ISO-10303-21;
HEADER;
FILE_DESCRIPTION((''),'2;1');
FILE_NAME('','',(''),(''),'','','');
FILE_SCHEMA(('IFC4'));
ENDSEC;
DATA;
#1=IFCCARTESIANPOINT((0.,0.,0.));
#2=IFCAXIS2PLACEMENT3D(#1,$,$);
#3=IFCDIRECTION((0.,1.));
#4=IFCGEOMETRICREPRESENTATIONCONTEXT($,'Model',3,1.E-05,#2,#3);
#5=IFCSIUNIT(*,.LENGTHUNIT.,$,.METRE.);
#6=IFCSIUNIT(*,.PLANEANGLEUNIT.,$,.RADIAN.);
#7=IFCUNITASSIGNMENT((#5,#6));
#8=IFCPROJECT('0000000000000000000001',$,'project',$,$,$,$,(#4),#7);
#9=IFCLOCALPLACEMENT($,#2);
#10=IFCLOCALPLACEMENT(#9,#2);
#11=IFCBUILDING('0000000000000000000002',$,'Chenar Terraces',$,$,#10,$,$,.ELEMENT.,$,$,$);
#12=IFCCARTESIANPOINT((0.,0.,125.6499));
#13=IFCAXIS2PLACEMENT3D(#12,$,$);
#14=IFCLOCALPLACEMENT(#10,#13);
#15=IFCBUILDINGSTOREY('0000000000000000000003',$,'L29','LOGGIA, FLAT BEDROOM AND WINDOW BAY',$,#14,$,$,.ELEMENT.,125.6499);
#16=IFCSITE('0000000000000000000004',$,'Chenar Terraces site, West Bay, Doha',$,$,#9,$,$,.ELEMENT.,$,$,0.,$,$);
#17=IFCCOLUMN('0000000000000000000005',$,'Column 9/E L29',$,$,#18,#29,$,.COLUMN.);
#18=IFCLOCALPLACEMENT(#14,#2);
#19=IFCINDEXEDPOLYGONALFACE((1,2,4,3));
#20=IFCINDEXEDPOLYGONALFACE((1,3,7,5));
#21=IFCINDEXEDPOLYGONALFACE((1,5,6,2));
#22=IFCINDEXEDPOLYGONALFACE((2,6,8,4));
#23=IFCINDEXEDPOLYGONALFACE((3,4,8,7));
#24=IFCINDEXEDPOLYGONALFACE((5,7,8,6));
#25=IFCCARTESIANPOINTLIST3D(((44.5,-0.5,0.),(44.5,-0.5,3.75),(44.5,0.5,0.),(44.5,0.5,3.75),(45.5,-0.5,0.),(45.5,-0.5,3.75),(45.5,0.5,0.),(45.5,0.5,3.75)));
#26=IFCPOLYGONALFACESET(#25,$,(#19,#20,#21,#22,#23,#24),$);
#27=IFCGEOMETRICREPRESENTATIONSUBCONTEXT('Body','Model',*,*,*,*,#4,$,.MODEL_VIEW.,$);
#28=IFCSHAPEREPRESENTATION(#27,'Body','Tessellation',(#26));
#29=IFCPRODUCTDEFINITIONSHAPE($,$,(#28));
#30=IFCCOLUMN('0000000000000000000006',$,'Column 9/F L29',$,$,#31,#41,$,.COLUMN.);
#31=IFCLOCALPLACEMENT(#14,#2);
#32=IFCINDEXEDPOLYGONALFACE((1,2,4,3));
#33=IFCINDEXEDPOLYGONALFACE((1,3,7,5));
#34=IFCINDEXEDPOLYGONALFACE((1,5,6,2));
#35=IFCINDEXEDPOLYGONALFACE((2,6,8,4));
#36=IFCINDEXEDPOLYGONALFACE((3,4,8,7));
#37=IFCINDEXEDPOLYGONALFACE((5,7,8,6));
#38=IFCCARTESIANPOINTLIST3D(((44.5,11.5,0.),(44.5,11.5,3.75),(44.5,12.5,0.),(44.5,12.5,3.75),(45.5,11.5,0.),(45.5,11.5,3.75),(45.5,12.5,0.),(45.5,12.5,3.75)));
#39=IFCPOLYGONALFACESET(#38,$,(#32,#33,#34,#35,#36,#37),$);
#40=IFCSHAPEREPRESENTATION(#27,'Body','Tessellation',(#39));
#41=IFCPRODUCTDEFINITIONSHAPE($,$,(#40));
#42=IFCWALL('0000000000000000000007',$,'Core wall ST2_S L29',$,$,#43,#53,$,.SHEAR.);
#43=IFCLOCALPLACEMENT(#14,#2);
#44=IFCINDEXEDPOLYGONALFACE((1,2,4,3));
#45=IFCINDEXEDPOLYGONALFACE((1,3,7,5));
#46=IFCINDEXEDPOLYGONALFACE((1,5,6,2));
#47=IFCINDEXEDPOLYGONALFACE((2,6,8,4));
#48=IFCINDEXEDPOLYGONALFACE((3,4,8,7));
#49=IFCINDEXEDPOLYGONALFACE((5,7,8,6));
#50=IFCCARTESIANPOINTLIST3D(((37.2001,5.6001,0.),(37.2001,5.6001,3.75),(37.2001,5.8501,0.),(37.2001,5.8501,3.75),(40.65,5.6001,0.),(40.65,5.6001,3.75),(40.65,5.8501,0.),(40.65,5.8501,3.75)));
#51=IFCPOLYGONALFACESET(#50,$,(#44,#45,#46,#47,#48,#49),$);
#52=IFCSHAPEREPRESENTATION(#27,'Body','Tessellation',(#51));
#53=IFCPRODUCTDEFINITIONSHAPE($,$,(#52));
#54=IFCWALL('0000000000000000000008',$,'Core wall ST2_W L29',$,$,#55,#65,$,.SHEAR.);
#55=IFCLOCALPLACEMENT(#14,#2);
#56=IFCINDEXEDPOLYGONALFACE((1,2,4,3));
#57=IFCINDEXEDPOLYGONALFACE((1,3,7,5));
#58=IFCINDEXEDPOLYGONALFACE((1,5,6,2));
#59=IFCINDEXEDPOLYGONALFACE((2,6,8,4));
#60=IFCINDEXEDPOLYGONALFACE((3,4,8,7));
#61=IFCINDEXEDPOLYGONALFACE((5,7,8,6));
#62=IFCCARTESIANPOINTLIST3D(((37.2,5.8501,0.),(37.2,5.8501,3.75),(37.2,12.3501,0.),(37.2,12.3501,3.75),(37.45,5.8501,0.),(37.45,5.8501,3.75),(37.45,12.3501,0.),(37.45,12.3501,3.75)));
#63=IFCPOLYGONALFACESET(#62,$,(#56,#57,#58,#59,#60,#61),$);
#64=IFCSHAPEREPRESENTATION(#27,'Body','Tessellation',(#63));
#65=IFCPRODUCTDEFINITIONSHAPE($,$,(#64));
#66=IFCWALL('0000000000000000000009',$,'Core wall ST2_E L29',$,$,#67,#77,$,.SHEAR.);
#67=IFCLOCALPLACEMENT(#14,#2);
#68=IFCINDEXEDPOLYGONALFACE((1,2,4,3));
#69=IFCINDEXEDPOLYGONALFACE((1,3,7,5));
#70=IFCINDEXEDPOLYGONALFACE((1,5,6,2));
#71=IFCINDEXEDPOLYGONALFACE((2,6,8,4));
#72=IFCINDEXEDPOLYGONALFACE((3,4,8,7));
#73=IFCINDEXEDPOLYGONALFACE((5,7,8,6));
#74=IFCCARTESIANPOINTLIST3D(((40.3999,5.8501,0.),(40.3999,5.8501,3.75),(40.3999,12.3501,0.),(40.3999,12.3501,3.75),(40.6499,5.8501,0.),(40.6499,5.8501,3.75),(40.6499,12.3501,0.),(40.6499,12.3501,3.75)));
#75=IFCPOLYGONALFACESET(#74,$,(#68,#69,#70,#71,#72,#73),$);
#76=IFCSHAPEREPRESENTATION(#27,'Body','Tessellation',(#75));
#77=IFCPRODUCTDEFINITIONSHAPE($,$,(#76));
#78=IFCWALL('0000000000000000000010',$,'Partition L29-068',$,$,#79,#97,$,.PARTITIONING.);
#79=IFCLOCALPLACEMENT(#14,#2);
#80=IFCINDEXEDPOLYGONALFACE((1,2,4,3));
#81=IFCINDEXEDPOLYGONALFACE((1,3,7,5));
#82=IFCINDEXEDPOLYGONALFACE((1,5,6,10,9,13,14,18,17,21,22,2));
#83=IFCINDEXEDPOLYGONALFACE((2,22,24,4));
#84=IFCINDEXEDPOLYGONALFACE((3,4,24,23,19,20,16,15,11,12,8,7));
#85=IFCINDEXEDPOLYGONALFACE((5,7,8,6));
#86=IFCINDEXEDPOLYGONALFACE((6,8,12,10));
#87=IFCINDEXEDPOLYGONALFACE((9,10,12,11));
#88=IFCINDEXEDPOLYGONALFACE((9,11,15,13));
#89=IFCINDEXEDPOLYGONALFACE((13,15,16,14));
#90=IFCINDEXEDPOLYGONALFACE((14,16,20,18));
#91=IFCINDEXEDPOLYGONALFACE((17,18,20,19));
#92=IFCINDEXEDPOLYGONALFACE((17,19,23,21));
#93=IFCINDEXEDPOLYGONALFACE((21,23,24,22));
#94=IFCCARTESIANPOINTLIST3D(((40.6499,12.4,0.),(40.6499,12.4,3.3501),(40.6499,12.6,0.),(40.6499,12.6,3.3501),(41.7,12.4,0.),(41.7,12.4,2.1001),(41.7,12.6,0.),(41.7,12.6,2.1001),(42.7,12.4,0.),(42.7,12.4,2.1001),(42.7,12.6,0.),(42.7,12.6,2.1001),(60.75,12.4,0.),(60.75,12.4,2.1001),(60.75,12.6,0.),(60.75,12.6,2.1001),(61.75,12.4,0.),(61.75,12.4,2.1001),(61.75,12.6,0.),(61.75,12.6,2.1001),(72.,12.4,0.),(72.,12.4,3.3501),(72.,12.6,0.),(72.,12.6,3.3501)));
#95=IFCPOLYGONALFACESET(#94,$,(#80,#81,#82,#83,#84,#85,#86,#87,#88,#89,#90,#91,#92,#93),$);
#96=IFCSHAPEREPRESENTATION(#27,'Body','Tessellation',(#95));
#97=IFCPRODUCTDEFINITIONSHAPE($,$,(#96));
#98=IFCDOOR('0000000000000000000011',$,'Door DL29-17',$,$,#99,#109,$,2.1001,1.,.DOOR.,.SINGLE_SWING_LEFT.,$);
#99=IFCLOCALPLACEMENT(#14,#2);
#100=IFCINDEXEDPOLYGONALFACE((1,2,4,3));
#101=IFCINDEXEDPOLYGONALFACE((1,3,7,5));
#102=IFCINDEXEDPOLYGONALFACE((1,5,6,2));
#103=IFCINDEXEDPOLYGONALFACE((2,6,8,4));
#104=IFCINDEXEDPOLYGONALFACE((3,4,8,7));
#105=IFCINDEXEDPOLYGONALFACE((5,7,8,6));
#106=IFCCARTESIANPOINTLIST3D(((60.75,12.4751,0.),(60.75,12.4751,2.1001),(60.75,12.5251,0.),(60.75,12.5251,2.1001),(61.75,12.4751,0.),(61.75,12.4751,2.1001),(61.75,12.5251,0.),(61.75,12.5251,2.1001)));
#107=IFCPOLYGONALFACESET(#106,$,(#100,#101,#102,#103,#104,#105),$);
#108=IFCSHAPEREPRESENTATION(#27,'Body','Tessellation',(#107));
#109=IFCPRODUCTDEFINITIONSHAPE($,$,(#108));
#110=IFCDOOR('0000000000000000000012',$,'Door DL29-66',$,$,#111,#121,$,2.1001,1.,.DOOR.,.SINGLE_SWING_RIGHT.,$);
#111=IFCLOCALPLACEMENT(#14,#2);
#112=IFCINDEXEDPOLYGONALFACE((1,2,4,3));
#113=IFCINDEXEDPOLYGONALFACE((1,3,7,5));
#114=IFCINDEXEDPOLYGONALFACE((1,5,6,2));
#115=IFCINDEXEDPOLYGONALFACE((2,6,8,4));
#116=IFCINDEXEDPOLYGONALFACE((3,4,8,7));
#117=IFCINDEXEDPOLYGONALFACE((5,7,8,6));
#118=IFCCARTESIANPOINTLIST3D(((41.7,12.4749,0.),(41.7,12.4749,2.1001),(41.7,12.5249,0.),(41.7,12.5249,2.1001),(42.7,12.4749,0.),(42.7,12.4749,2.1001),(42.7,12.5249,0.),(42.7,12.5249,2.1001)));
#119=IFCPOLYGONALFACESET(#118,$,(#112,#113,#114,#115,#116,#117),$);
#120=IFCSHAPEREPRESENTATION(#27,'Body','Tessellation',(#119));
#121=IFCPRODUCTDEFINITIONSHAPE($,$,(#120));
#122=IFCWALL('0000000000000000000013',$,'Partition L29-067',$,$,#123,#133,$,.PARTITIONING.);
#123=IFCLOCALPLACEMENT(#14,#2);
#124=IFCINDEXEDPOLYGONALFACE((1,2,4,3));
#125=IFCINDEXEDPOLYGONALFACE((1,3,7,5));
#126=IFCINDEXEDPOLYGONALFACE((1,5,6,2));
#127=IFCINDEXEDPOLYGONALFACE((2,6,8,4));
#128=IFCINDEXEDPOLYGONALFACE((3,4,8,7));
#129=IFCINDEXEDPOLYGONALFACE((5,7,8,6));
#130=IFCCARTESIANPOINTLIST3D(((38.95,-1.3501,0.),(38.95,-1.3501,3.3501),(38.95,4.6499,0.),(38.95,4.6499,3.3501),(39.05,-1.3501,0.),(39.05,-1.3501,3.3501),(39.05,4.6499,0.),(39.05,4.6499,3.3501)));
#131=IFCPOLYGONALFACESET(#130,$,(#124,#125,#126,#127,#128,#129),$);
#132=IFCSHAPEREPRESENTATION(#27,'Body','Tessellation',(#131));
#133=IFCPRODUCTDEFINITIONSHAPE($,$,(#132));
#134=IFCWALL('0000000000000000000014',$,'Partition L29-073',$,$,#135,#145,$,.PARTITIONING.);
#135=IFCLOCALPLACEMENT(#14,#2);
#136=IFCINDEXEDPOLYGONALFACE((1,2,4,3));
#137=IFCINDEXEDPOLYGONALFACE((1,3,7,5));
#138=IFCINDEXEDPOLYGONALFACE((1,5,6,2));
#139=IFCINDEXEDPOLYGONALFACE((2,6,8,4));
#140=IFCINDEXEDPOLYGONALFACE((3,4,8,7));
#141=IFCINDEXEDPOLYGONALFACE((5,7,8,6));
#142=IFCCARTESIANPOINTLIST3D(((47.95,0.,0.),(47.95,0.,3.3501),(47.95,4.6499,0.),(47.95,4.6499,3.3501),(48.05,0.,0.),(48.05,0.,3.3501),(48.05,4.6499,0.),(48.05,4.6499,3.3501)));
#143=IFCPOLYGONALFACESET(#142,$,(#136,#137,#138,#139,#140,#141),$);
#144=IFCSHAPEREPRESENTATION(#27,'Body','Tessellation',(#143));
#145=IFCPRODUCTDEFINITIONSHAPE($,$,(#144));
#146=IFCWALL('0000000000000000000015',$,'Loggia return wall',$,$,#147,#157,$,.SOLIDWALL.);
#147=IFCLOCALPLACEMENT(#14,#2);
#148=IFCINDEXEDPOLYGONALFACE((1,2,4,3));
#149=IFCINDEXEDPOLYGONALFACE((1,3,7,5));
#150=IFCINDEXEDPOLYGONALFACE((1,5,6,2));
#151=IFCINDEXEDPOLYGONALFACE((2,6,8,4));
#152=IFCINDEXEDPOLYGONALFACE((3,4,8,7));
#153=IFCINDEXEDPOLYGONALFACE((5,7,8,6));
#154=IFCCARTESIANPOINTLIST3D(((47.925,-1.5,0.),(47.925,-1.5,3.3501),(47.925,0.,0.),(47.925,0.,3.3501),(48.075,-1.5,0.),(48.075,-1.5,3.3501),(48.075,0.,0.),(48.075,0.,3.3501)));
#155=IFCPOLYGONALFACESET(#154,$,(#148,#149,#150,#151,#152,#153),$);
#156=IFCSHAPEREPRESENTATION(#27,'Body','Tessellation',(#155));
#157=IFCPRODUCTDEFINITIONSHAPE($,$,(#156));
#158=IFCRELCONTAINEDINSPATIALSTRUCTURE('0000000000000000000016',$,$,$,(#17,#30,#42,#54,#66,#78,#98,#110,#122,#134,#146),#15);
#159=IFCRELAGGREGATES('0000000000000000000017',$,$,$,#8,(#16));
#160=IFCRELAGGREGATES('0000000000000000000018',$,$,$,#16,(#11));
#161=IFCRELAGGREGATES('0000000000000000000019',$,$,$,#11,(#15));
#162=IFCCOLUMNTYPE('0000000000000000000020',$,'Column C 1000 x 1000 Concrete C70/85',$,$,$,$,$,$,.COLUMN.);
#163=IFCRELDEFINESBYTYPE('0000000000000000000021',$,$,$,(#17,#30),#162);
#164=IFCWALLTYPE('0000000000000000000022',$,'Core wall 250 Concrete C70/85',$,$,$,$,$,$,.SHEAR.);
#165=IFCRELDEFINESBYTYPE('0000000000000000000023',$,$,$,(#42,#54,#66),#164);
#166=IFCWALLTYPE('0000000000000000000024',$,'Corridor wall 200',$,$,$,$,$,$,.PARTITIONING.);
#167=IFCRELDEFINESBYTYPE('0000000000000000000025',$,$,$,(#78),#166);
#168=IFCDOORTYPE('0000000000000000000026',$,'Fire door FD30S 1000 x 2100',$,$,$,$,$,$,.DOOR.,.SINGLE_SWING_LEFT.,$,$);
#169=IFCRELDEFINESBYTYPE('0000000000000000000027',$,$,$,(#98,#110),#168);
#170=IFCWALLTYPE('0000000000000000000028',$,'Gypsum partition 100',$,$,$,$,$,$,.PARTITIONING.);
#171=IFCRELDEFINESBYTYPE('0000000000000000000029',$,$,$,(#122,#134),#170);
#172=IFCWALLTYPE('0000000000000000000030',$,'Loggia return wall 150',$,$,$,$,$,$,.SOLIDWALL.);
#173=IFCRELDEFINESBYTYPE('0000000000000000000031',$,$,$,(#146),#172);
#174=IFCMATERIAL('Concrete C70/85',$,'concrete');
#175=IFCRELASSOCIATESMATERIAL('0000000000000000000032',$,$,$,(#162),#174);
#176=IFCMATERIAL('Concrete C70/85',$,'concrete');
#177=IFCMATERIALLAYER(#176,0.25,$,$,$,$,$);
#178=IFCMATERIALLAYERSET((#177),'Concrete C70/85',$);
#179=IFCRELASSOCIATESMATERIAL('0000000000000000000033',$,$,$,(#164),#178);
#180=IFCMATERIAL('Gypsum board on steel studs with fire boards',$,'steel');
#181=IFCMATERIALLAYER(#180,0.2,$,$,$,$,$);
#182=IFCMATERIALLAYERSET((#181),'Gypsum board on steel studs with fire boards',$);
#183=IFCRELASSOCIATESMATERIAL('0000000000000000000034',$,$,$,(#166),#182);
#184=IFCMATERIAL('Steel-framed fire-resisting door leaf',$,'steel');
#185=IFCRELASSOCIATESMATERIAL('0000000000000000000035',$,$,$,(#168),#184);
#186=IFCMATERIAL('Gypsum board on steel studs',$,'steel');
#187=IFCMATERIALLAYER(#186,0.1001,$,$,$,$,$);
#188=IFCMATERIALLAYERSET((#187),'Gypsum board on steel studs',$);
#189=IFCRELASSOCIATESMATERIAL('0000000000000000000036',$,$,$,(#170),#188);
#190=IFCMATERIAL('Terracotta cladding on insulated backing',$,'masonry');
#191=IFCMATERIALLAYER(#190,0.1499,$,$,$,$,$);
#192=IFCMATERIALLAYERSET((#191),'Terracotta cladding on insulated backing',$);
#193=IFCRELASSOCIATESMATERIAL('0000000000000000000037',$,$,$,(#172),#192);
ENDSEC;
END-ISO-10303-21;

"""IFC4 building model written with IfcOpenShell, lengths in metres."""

from ifc_helpers import new_model, si_unit, direction, frame, frame_2d, origin, origin_2d, place, context, subcontext, project, spatial, rectangle, extrude, material, layer, layer_set, material_profile, profile_set, type_object, element, fill, save


model = new_model("IFC4")

# Units and contexts
model_context = context("Model", 3, precision=1e-05, world=origin(), true_north=direction((0.0, 1.0)))
body_context = subcontext(model_context, "Body", "Model", "MODEL_VIEW")
ifc_project = project(units=[si_unit("LENGTHUNIT", "METRE"), si_unit("PLANEANGLEUNIT", "RADIAN")], contexts=[model_context])

# Site, building, storey
site_placement = place(None, origin())
site = spatial("IfcSite", under=ifc_project, at=site_placement, Name="Chenar Terraces site, West Bay, Doha", CompositionType="ELEMENT", RefElevation=0.0)
building_placement = place(site_placement, origin())
building = spatial("IfcBuilding", under=site, at=building_placement, Name="Chenar Terraces", CompositionType="ELEMENT")
storey_placement = place(building_placement, frame((0.0, 0.0, 125.6499)))
storey = spatial("IfcBuildingStorey", under=building, at=storey_placement, Name="L29", Description="LOGGIA, FLAT BEDROOM AND WINDOW BAY", CompositionType="ELEMENT", Elevation=125.6499)

# Columns
ifc_material_1 = material(Name="Concrete C70/85", Category="concrete")
ifc_material_profile = material_profile(ifc_material_1, rectangle(XDim=1.0, YDim=1.0, at=origin_2d()), Name="C 1000 x 1000")
ifc_profile_set = profile_set([ifc_material_profile], Name="Concrete C70/85")
column_type = type_object("IfcColumnType", Name="Column C 1000 x 1000 Concrete C70/85", PredefinedType="COLUMN", material=ifc_profile_set)
for number, where, z_axis, x_axis, name in (
    (1, (45.0, 0.0, 0.0), (0.0, 0.0, 1.0), (1.0, 0.0, 0.0), "Column 9/E L29"),
    (2, (45.0, 12.0, 0.0), (0.0, 0.0, 1.0), (1.0, 0.0, 0.0), "Column 9/F L29"),
):
    element("IfcColumn", number, at=place(storey_placement, frame(where, z_axis=z_axis, x_axis=x_axis)), inside=storey, type_object=column_type, Name=name, PredefinedType="COLUMN", context=body_context, shape_type="SweptSolid", body=[
        extrude(rectangle(XDim=1.0, YDim=1.0, at=origin_2d()), origin(), (0.0, 0.0, 1.0), 3.75),
    ])

# Walls
ifc_material_2 = material(Name="Concrete C70/85", Category="concrete")
ifc_layer_1 = layer(ifc_material_2, 0.25)
ifc_layer_set_1 = layer_set([ifc_layer_1], Name="Concrete C70/85")
wall_type_1 = type_object("IfcWallType", Name="Core wall 250 Concrete C70/85", PredefinedType="SHEAR", material=ifc_layer_set_1)
wall_1_placement = place(storey_placement, frame((37.2, 5.7251, 0.0), z_axis=(0.0, 0.0, 1.0), x_axis=(1.0, 0.0, 0.0)))
element("IfcWall", 3, at=wall_1_placement, inside=storey, type_object=wall_type_1, Name="Core wall ST2_S L29", PredefinedType="SHEAR", context=body_context, shape_type="SweptSolid", body=[
    extrude(rectangle(XDim=3.45, YDim=0.25, at=frame_2d((1.7251, 0.0))), origin(), (0.0, 0.0, 1.0), 3.75),
])
for number, where, z_axis, x_axis, name in (
    (4, (37.325, 5.8501, 0.0), (0.0, 0.0, 1.0), (0.0, 1.0, 0.0), "Core wall ST2_W L29"),
    (5, (40.5249, 5.8501, 0.0), (0.0, 0.0, 1.0), (0.0, 1.0, 0.0), "Core wall ST2_E L29"),
):
    element("IfcWall", number, at=place(storey_placement, frame(where, z_axis=z_axis, x_axis=x_axis)), inside=storey, type_object=wall_type_1, Name=name, PredefinedType="SHEAR", context=body_context, shape_type="SweptSolid", body=[
        extrude(rectangle(XDim=6.5, YDim=0.25, at=frame_2d((3.25, 0.0))), origin(), (0.0, 0.0, 1.0), 3.75),
    ])

# Wall, openings, doors
ifc_material_3 = material(Name="Gypsum board on steel studs with fire boards", Category="steel")
ifc_layer_2 = layer(ifc_material_3, 0.2)
ifc_layer_set_2 = layer_set([ifc_layer_2], Name="Gypsum board on steel studs with fire boards")
wall_type_2 = type_object("IfcWallType", Name="Corridor wall 200", PredefinedType="PARTITIONING", material=ifc_layer_set_2)
wall_2_placement = place(storey_placement, frame((40.6499, 12.5, 0.0), z_axis=(0.0, 0.0, 1.0), x_axis=(1.0, 0.0, 0.0)))
wall_2 = element("IfcWall", 6, at=wall_2_placement, inside=storey, type_object=wall_type_2, Name="Partition L29-068", PredefinedType="PARTITIONING", context=body_context, shape_type="SweptSolid", body=[
    extrude(rectangle(XDim=31.3501, YDim=0.2, at=frame_2d((15.675, 0.0))), origin(), (0.0, 0.0, 1.0), 3.3501),
])
opening_1_placement = place(wall_2_placement, frame((20.1001, 0.0, 0.0)))
opening_1 = element("IfcOpeningElement", 7, at=opening_1_placement, cuts=wall_2, PredefinedType="OPENING", context=body_context, shape_type="SweptSolid", body=[
    extrude(rectangle(XDim=1.0, YDim=2.1001, at=frame_2d((0.5, 1.05))), frame((0.0, 0.1099, 0.0), z_axis=(0.0, -1.0, 0.0), x_axis=(1.0, 0.0, 0.0)), (0.0, 0.0, 1.0), 0.22),
])
opening_2_placement = place(wall_2_placement, frame((1.05, 0.0, 0.0)))
opening_2 = element("IfcOpeningElement", 8, at=opening_2_placement, cuts=wall_2, PredefinedType="OPENING", context=body_context, shape_type="SweptSolid", body=[
    extrude(rectangle(XDim=1.0, YDim=2.1001, at=frame_2d((0.5, 1.05))), frame((0.0, 0.1099, 0.0), z_axis=(0.0, -1.0, 0.0), x_axis=(1.0, 0.0, 0.0)), (0.0, 0.0, 1.0), 0.22),
])
ifc_material_4 = material(Name="Steel-framed fire-resisting door leaf", Category="steel")
door_type_1 = type_object("IfcDoorType", Name="Fire door FD30S 1000 x 2100", OperationType="SINGLE_SWING_LEFT", PredefinedType="DOOR", material=ifc_material_4)
door_1_placement = place(opening_1_placement, frame((1.0, 0.0, 0.0), z_axis=(0.0, 0.0, 1.0), x_axis=(-1.0, 0.0, 0.0)))
door_1 = element("IfcDoor", 9, at=door_1_placement, inside=storey, type_object=door_type_1, Name="Door DL29-17", OperationType="SINGLE_SWING_LEFT", OverallHeight=2.1001, OverallWidth=1.0, PredefinedType="DOOR", context=body_context, shape_type="SweptSolid", body=[
    extrude(rectangle(XDim=1.0, YDim=2.1001, at=frame_2d((0.5, 1.05))), frame((0.0, 0.0249, 0.0), z_axis=(0.0, -1.0, 0.0), x_axis=(1.0, 0.0, 0.0)), (0.0, 0.0, 1.0), 0.05),
])
fill(opening_1, door_1)
door_2_placement = place(opening_2_placement, origin())
door_2 = element("IfcDoor", 10, at=door_2_placement, inside=storey, type_object=door_type_1, Name="Door DL29-66", OperationType="SINGLE_SWING_RIGHT", OverallHeight=2.1001, OverallWidth=1.0, PredefinedType="DOOR", context=body_context, shape_type="SweptSolid", body=[
    extrude(rectangle(XDim=1.0, YDim=2.1001, at=frame_2d((0.5, 1.05))), frame((0.0, 0.0249, 0.0), z_axis=(0.0, -1.0, 0.0), x_axis=(1.0, 0.0, 0.0)), (0.0, 0.0, 1.0), 0.05),
])
fill(opening_2, door_2)

# Walls
ifc_material_5 = material(Name="Gypsum board on steel studs", Category="steel")
ifc_layer_3 = layer(ifc_material_5, 0.1001)
ifc_layer_set_3 = layer_set([ifc_layer_3], Name="Gypsum board on steel studs")
wall_type_3 = type_object("IfcWallType", Name="Gypsum partition 100", PredefinedType="PARTITIONING", material=ifc_layer_set_3)
wall_3_placement = place(storey_placement, frame((39.0, -1.3501, 0.0), z_axis=(0.0, 0.0, 1.0), x_axis=(0.0, 1.0, 0.0)))
element("IfcWall", 11, at=wall_3_placement, inside=storey, type_object=wall_type_3, Name="Partition L29-067", PredefinedType="PARTITIONING", context=body_context, shape_type="SweptSolid", body=[
    extrude(rectangle(XDim=6.0, YDim=0.1001, at=frame_2d((3.0, 0.0))), origin(), (0.0, 0.0, 1.0), 3.3501),
])
wall_4_placement = place(storey_placement, frame((48.0, 0.0, 0.0), z_axis=(0.0, 0.0, 1.0), x_axis=(0.0, 1.0, 0.0)))
element("IfcWall", 12, at=wall_4_placement, inside=storey, type_object=wall_type_3, Name="Partition L29-073", PredefinedType="PARTITIONING", context=body_context, shape_type="SweptSolid", body=[
    extrude(rectangle(XDim=4.6499, YDim=0.1001, at=frame_2d((2.325, 0.0))), origin(), (0.0, 0.0, 1.0), 3.3501),
])
ifc_material_6 = material(Name="Terracotta cladding on insulated backing", Category="masonry")
ifc_layer_4 = layer(ifc_material_6, 0.1499)
ifc_layer_set_4 = layer_set([ifc_layer_4], Name="Terracotta cladding on insulated backing")
wall_type_4 = type_object("IfcWallType", Name="Loggia return wall 150", PredefinedType="SOLIDWALL", material=ifc_layer_set_4)
wall_5_placement = place(storey_placement, frame((48.0, -1.5, 0.0), z_axis=(0.0, 0.0, 1.0), x_axis=(0.0, 1.0, 0.0)))
element("IfcWall", 13, at=wall_5_placement, inside=storey, type_object=wall_type_4, Name="Loggia return wall", PredefinedType="SOLIDWALL", context=body_context, shape_type="SweptSolid", body=[
    extrude(rectangle(XDim=1.5, YDim=0.1499, at=frame_2d((0.75, 0.0))), origin(), (0.0, 0.0, 1.0), 3.3501),
])

save(model, "model.ifc")
